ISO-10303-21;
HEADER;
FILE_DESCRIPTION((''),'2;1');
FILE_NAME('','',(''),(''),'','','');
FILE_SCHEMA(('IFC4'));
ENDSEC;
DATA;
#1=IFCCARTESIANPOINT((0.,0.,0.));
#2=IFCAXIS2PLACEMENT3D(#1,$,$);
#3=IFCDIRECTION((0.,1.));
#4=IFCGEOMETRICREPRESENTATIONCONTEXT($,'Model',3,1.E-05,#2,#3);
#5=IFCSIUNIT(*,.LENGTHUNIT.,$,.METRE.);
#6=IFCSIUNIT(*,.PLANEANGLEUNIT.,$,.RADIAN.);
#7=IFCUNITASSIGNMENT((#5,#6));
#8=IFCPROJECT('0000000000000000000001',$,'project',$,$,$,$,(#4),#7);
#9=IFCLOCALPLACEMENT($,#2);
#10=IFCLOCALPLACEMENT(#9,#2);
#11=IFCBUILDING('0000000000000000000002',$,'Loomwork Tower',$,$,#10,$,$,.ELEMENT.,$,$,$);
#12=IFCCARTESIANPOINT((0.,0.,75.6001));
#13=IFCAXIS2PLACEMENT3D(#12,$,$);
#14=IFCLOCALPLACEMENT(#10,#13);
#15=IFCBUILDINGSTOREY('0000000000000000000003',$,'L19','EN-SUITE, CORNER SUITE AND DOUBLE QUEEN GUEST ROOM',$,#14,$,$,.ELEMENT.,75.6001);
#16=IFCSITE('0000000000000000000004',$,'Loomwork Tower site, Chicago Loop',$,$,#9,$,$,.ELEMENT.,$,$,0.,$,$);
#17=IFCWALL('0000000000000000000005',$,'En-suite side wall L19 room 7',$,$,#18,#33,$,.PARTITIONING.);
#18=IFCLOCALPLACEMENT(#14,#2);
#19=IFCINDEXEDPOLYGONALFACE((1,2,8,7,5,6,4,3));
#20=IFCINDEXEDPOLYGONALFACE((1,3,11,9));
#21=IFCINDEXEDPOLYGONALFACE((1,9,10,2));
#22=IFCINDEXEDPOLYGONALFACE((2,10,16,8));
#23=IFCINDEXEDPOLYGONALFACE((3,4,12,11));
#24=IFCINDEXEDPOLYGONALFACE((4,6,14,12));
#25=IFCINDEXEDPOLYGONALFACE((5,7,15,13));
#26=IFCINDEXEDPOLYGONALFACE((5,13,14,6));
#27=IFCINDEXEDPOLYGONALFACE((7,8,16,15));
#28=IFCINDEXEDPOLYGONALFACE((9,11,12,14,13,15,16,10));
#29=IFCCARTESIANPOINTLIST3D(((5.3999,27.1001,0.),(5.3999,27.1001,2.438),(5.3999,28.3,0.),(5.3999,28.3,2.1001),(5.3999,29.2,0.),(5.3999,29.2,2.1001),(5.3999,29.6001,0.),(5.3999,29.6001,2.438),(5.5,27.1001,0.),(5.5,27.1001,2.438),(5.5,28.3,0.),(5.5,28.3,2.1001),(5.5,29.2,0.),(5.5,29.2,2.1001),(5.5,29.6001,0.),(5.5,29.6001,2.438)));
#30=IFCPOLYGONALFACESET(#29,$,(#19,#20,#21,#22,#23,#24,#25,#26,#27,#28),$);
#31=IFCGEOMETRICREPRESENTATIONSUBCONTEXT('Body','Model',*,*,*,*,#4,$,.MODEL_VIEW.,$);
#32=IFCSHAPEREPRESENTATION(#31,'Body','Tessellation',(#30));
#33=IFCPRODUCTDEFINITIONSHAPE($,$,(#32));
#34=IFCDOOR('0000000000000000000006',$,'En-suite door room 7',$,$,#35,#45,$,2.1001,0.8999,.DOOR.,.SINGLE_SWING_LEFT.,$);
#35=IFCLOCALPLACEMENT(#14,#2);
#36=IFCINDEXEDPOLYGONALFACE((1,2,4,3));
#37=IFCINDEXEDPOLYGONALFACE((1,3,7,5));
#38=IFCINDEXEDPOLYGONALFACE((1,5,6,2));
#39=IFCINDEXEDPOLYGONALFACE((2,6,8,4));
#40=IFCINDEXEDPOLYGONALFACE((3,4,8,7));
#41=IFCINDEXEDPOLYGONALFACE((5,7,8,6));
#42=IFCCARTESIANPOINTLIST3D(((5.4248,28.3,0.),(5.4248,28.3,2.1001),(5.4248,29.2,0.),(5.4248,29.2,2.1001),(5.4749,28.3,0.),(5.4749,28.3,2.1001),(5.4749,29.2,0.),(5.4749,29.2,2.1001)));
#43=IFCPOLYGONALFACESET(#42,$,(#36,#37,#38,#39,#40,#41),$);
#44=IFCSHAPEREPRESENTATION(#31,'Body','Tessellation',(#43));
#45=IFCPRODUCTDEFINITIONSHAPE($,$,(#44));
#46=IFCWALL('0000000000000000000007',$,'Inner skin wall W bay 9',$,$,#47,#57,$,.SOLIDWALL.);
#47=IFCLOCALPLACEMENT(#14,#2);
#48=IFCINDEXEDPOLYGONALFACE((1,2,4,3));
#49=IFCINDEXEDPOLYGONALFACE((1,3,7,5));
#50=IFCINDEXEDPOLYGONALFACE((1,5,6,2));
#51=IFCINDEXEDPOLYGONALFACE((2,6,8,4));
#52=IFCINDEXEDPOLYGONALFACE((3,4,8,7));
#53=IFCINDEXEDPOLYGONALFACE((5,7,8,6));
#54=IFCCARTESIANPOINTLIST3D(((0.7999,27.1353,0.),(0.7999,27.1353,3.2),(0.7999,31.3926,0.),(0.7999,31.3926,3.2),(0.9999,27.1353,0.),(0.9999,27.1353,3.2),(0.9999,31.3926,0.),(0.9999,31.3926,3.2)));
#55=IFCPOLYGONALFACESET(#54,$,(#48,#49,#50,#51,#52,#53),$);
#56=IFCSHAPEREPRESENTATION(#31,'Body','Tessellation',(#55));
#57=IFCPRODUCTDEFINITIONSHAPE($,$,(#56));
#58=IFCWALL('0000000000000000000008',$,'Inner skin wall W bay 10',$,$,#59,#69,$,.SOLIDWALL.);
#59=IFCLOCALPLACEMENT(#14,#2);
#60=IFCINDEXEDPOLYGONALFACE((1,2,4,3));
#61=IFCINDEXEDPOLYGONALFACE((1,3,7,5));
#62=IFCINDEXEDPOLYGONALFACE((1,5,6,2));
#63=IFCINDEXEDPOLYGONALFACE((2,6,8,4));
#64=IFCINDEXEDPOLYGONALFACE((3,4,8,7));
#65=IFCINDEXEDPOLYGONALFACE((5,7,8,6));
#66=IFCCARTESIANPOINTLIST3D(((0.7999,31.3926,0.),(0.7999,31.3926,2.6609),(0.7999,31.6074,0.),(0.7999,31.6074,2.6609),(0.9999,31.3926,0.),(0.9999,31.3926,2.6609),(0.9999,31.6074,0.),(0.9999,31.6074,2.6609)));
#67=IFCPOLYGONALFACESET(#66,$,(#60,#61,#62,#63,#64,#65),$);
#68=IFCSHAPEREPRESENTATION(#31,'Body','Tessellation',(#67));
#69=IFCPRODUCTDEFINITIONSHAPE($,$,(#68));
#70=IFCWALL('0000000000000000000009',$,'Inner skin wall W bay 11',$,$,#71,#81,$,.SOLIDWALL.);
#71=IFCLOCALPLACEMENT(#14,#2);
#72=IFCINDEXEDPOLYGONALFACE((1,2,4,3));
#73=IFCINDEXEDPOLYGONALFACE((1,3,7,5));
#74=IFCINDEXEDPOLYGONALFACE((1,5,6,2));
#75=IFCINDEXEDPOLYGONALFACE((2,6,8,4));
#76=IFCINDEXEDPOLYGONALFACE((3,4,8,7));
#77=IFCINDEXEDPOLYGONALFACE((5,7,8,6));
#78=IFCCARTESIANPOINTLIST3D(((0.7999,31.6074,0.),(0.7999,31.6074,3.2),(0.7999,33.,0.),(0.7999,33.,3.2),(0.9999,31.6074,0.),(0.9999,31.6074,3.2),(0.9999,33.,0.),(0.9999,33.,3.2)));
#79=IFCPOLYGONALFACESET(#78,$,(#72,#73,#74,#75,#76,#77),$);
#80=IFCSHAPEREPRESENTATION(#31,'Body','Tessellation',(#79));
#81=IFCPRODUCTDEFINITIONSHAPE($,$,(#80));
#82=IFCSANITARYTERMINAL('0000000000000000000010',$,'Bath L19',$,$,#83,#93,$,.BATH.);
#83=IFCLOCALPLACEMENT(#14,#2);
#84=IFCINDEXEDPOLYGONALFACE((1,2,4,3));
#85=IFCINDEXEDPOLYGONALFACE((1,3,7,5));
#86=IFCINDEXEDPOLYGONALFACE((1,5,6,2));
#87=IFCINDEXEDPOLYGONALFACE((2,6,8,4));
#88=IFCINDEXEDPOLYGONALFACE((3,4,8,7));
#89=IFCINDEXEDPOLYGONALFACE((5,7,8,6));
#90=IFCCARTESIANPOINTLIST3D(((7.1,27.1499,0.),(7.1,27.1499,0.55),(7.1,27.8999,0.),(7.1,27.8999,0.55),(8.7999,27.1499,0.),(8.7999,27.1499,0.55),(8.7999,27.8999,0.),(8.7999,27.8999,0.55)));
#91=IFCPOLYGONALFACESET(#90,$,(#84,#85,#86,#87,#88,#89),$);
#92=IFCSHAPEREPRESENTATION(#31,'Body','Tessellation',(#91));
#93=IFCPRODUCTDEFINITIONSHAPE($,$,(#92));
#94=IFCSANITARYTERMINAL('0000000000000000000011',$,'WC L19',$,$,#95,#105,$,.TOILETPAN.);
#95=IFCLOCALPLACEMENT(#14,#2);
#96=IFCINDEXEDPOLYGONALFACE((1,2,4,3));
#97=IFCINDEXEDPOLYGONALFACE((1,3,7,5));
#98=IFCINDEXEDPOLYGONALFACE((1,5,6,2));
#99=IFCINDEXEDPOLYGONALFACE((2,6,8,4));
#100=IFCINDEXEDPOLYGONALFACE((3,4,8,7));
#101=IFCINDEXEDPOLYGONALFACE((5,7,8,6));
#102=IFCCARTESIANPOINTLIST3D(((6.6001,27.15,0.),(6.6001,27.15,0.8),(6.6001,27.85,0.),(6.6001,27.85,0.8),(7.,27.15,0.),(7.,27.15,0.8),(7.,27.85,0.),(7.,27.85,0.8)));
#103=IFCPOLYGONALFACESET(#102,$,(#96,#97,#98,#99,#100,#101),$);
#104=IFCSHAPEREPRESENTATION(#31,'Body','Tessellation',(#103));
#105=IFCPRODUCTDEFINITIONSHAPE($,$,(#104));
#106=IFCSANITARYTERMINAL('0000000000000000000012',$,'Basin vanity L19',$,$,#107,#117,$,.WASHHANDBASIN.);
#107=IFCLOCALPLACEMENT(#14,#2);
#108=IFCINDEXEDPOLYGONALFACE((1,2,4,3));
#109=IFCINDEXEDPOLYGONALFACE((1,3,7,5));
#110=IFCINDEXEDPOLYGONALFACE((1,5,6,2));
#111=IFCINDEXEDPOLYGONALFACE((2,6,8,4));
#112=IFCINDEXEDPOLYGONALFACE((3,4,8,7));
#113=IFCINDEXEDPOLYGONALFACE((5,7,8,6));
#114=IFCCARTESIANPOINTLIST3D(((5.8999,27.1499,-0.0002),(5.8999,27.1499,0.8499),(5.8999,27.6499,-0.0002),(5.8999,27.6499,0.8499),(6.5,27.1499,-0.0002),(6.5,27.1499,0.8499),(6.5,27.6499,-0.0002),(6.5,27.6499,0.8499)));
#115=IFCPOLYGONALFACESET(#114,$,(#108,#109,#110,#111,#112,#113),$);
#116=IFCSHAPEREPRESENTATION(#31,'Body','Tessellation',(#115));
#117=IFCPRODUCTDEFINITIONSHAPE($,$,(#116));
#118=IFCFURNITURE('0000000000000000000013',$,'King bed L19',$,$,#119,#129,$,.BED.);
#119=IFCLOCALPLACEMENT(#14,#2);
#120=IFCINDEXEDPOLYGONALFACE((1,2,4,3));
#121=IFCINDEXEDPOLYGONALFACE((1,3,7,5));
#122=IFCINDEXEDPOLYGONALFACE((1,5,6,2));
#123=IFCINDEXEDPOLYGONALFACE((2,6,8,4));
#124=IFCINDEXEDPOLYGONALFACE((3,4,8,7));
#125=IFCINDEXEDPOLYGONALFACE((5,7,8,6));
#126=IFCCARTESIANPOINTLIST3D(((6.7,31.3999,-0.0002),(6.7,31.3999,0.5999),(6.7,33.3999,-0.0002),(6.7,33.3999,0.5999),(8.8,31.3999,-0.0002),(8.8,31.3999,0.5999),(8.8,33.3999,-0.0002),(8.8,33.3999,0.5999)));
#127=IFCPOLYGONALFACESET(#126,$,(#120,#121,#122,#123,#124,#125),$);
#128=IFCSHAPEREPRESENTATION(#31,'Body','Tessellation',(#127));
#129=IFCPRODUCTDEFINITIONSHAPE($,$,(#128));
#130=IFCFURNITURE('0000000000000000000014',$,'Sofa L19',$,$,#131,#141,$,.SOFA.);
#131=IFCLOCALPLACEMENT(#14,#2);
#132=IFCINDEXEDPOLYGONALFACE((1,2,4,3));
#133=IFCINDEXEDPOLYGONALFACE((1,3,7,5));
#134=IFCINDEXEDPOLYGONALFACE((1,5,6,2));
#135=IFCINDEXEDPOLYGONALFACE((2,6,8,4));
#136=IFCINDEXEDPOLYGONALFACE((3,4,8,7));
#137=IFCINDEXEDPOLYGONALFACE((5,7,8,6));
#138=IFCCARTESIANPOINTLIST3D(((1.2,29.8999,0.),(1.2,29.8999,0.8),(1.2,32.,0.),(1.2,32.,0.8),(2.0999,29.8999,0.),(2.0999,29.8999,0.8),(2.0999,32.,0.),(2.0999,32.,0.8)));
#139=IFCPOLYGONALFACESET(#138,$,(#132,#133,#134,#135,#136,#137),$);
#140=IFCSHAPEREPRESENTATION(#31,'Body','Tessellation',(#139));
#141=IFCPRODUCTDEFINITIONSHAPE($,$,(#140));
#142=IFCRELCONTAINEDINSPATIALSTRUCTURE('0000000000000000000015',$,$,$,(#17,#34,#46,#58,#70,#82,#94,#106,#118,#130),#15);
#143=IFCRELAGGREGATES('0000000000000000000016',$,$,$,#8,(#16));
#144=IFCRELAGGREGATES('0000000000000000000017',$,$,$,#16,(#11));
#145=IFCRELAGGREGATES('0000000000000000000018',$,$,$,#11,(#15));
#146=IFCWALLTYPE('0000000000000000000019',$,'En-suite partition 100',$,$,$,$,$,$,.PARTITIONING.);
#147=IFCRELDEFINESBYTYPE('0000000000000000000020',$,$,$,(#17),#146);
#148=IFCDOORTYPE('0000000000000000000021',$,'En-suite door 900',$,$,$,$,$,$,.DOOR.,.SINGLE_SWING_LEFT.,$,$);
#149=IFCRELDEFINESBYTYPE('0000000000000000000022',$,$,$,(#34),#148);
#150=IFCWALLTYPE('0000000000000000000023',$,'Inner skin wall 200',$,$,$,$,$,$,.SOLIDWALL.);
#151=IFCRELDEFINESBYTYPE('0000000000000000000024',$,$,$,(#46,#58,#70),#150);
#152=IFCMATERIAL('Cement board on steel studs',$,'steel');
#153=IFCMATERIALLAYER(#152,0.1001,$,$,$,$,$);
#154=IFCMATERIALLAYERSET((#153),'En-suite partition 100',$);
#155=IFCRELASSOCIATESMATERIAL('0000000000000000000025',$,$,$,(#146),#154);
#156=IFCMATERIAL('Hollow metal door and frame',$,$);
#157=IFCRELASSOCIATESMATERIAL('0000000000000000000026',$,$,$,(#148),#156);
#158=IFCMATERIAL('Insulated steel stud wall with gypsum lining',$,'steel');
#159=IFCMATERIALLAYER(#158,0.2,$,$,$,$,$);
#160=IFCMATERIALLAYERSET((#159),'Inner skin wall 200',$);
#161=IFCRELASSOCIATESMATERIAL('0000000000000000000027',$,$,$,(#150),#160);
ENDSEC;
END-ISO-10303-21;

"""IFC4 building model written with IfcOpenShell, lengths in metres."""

from ifc_helpers import new_model, si_unit, direction, frame, frame_2d, origin, origin_2d, place, context, subcontext, project, spatial, rectangle, extrude, material, layer, layer_set, type_object, element, fill, save


model = new_model("IFC4")

# Units and contexts
model_context = context("Model", 3, precision=1e-05, world=origin(), true_north=direction((0.0, 1.0)))
body_context = subcontext(model_context, "Body", "Model", "MODEL_VIEW")
ifc_project = project(units=[si_unit("LENGTHUNIT", "METRE"), si_unit("PLANEANGLEUNIT", "RADIAN")], contexts=[model_context])

# Site, building, storey
site_placement = place(None, origin())
site = spatial("IfcSite", under=ifc_project, at=site_placement, Name="Loomwork Tower site, Chicago Loop", CompositionType="ELEMENT", RefElevation=0.0)
building_placement = place(site_placement, origin())
building = spatial("IfcBuilding", under=site, at=building_placement, Name="Loomwork Tower", CompositionType="ELEMENT")
storey_placement = place(building_placement, frame((0.0, 0.0, 75.6001)))
storey = spatial("IfcBuildingStorey", under=building, at=storey_placement, Name="L19", Description="EN-SUITE, CORNER SUITE AND DOUBLE QUEEN GUEST ROOM", CompositionType="ELEMENT", Elevation=75.6001)

# Shared definitions
ifc_material_1 = material(Name="Cement board on steel studs", Category="steel")
ifc_layer_1 = layer(ifc_material_1, 0.1001)
ifc_layer_set_1 = layer_set([ifc_layer_1], Name="En-suite partition 100")
wall_type_1 = type_object("IfcWallType", Name="En-suite partition 100", PredefinedType="PARTITIONING", material=ifc_layer_set_1)

# Wall, opening, door
wall_1_placement = place(storey_placement, frame((5.45, 27.1001, 0.0), z_axis=(0.0, 0.0, 1.0), x_axis=(0.0, 1.0, 0.0)))
wall_1 = element("IfcWall", 1, at=wall_1_placement, inside=storey, type_object=wall_type_1, Name="En-suite side wall L19 room 7", PredefinedType="PARTITIONING", context=body_context, shape_type="SweptSolid", body=[
    extrude(rectangle(XDim=2.5, YDim=0.1001, at=frame_2d((1.25, 0.0))), origin(), (0.0, 0.0, 1.0), 2.438),
])
opening_1_placement = place(wall_1_placement, frame((1.2, 0.0, 0.0)))
opening_1 = element("IfcOpeningElement", 2, at=opening_1_placement, cuts=wall_1, PredefinedType="OPENING", context=body_context, shape_type="SweptSolid", body=[
    extrude(rectangle(XDim=0.8999, YDim=2.1001, at=frame_2d((0.45, 1.05))), frame((0.0, 0.0601, 0.0), z_axis=(0.0, -1.0, 0.0), x_axis=(1.0, 0.0, 0.0)), (0.0, 0.0, 1.0), 0.1201),
])
ifc_material_2 = material(Name="Hollow metal door and frame")
door_type_1 = type_object("IfcDoorType", Name="En-suite door 900", OperationType="SINGLE_SWING_LEFT", PredefinedType="DOOR", material=ifc_material_2)
door_1_placement = place(opening_1_placement, frame((0.8999, 0.0, 0.0), z_axis=(0.0, 0.0, 1.0), x_axis=(-1.0, 0.0, 0.0)))
door_1 = element("IfcDoor", 3, at=door_1_placement, inside=storey, type_object=door_type_1, Name="En-suite door room 7", OperationType="SINGLE_SWING_LEFT", OverallHeight=2.1001, OverallWidth=0.8999, PredefinedType="DOOR", context=body_context, shape_type="SweptSolid", body=[
    extrude(rectangle(XDim=0.8999, YDim=2.1001, at=frame_2d((0.45, 1.05))), frame((0.0, 0.0249, 0.0), z_axis=(0.0, -1.0, 0.0), x_axis=(1.0, 0.0, 0.0)), (0.0, 0.0, 1.0), 0.05),
])
fill(opening_1, door_1)

# Walls
ifc_material_3 = material(Name="Insulated steel stud wall with gypsum lining", Category="steel")
ifc_layer_2 = layer(ifc_material_3, 0.2)
ifc_layer_set_2 = layer_set([ifc_layer_2], Name="Inner skin wall 200")
wall_type_2 = type_object("IfcWallType", Name="Inner skin wall 200", PredefinedType="SOLIDWALL", material=ifc_layer_set_2)
wall_2_placement = place(storey_placement, frame((0.8999, 27.1353, 0.0), z_axis=(0.0, 0.0, 1.0), x_axis=(0.0, 1.0, 0.0)))
element("IfcWall", 4, at=wall_2_placement, inside=storey, type_object=wall_type_2, Name="Inner skin wall W bay 9", PredefinedType="SOLIDWALL", context=body_context, shape_type="SweptSolid", body=[
    extrude(rectangle(XDim=4.2573, YDim=0.2, at=frame_2d((2.1287, 0.0))), origin(), (0.0, 0.0, 1.0), 3.2),
])
wall_3_placement = place(storey_placement, frame((0.8999, 31.3926, 0.0), z_axis=(0.0, 0.0, 1.0), x_axis=(0.0, 1.0, 0.0)))
element("IfcWall", 5, at=wall_3_placement, inside=storey, type_object=wall_type_2, Name="Inner skin wall W bay 10", PredefinedType="SOLIDWALL", context=body_context, shape_type="SweptSolid", body=[
    extrude(rectangle(XDim=0.2148, YDim=0.2, at=frame_2d((0.1074, 0.0))), origin(), (0.0, 0.0, 1.0), 2.6609),
])
wall_4_placement = place(storey_placement, frame((0.8999, 31.6074, 0.0), z_axis=(0.0, 0.0, 1.0), x_axis=(0.0, 1.0, 0.0)))
element("IfcWall", 6, at=wall_4_placement, inside=storey, type_object=wall_type_2, Name="Inner skin wall W bay 11", PredefinedType="SOLIDWALL", context=body_context, shape_type="SweptSolid", body=[
    extrude(rectangle(XDim=1.3926, YDim=0.2, at=frame_2d((0.6963, 0.0))), origin(), (0.0, 0.0, 1.0), 3.2),
])

# Sanitary terminals
sanitary_terminal_1_placement = place(storey_placement, frame((7.95, 27.5249, 0.0), z_axis=(0.0, 0.0, 1.0), x_axis=(1.0, 0.0, 0.0)))
element("IfcSanitaryTerminal", 7, at=sanitary_terminal_1_placement, inside=storey, Name="Bath L19", PredefinedType="BATH", context=body_context, shape_type="SweptSolid", body=[
    extrude(rectangle(XDim=1.7, YDim=0.75, at=origin_2d()), origin(), (0.0, 0.0, 1.0), 0.55),
])
sanitary_terminal_2_placement = place(storey_placement, frame((6.8, 27.5, 0.0), z_axis=(0.0, 0.0, 1.0), x_axis=(1.0, 0.0, 0.0)))
element("IfcSanitaryTerminal", 8, at=sanitary_terminal_2_placement, inside=storey, Name="WC L19", PredefinedType="TOILETPAN", context=body_context, shape_type="SweptSolid", body=[
    extrude(rectangle(XDim=0.3999, YDim=0.7, at=origin_2d()), origin(), (0.0, 0.0, 1.0), 0.8),
])
sanitary_terminal_3_placement = place(storey_placement, frame((6.2, 27.3999, -0.0002), z_axis=(0.0, 0.0, 1.0), x_axis=(1.0, 0.0, 0.0)))
element("IfcSanitaryTerminal", 9, at=sanitary_terminal_3_placement, inside=storey, Name="Basin vanity L19", PredefinedType="WASHHANDBASIN", context=body_context, shape_type="SweptSolid", body=[
    extrude(rectangle(XDim=0.6001, YDim=0.5, at=origin_2d()), origin(), (0.0, 0.0, 1.0), 0.8501),
])

# Furniture
furniture_1_placement = place(storey_placement, frame((7.75, 32.3999, -0.0002), z_axis=(0.0, 0.0, 1.0), x_axis=(1.0, 0.0, 0.0)))
element("IfcFurniture", 10, at=furniture_1_placement, inside=storey, Name="King bed L19", PredefinedType="BED", context=body_context, shape_type="SweptSolid", body=[
    extrude(rectangle(XDim=2.1001, YDim=2.0, at=origin_2d()), origin(), (0.0, 0.0, 1.0), 0.6001),
])
furniture_2_placement = place(storey_placement, frame((1.6499, 30.95, 0.0), z_axis=(0.0, 0.0, 1.0), x_axis=(1.0, 0.0, 0.0)))
element("IfcFurniture", 11, at=furniture_2_placement, inside=storey, Name="Sofa L19", PredefinedType="SOFA", context=body_context, shape_type="SweptSolid", body=[
    extrude(rectangle(XDim=0.8999, YDim=2.1001, at=origin_2d()), origin(), (0.0, 0.0, 1.0), 0.8),
])

save(model, "model.ifc")
